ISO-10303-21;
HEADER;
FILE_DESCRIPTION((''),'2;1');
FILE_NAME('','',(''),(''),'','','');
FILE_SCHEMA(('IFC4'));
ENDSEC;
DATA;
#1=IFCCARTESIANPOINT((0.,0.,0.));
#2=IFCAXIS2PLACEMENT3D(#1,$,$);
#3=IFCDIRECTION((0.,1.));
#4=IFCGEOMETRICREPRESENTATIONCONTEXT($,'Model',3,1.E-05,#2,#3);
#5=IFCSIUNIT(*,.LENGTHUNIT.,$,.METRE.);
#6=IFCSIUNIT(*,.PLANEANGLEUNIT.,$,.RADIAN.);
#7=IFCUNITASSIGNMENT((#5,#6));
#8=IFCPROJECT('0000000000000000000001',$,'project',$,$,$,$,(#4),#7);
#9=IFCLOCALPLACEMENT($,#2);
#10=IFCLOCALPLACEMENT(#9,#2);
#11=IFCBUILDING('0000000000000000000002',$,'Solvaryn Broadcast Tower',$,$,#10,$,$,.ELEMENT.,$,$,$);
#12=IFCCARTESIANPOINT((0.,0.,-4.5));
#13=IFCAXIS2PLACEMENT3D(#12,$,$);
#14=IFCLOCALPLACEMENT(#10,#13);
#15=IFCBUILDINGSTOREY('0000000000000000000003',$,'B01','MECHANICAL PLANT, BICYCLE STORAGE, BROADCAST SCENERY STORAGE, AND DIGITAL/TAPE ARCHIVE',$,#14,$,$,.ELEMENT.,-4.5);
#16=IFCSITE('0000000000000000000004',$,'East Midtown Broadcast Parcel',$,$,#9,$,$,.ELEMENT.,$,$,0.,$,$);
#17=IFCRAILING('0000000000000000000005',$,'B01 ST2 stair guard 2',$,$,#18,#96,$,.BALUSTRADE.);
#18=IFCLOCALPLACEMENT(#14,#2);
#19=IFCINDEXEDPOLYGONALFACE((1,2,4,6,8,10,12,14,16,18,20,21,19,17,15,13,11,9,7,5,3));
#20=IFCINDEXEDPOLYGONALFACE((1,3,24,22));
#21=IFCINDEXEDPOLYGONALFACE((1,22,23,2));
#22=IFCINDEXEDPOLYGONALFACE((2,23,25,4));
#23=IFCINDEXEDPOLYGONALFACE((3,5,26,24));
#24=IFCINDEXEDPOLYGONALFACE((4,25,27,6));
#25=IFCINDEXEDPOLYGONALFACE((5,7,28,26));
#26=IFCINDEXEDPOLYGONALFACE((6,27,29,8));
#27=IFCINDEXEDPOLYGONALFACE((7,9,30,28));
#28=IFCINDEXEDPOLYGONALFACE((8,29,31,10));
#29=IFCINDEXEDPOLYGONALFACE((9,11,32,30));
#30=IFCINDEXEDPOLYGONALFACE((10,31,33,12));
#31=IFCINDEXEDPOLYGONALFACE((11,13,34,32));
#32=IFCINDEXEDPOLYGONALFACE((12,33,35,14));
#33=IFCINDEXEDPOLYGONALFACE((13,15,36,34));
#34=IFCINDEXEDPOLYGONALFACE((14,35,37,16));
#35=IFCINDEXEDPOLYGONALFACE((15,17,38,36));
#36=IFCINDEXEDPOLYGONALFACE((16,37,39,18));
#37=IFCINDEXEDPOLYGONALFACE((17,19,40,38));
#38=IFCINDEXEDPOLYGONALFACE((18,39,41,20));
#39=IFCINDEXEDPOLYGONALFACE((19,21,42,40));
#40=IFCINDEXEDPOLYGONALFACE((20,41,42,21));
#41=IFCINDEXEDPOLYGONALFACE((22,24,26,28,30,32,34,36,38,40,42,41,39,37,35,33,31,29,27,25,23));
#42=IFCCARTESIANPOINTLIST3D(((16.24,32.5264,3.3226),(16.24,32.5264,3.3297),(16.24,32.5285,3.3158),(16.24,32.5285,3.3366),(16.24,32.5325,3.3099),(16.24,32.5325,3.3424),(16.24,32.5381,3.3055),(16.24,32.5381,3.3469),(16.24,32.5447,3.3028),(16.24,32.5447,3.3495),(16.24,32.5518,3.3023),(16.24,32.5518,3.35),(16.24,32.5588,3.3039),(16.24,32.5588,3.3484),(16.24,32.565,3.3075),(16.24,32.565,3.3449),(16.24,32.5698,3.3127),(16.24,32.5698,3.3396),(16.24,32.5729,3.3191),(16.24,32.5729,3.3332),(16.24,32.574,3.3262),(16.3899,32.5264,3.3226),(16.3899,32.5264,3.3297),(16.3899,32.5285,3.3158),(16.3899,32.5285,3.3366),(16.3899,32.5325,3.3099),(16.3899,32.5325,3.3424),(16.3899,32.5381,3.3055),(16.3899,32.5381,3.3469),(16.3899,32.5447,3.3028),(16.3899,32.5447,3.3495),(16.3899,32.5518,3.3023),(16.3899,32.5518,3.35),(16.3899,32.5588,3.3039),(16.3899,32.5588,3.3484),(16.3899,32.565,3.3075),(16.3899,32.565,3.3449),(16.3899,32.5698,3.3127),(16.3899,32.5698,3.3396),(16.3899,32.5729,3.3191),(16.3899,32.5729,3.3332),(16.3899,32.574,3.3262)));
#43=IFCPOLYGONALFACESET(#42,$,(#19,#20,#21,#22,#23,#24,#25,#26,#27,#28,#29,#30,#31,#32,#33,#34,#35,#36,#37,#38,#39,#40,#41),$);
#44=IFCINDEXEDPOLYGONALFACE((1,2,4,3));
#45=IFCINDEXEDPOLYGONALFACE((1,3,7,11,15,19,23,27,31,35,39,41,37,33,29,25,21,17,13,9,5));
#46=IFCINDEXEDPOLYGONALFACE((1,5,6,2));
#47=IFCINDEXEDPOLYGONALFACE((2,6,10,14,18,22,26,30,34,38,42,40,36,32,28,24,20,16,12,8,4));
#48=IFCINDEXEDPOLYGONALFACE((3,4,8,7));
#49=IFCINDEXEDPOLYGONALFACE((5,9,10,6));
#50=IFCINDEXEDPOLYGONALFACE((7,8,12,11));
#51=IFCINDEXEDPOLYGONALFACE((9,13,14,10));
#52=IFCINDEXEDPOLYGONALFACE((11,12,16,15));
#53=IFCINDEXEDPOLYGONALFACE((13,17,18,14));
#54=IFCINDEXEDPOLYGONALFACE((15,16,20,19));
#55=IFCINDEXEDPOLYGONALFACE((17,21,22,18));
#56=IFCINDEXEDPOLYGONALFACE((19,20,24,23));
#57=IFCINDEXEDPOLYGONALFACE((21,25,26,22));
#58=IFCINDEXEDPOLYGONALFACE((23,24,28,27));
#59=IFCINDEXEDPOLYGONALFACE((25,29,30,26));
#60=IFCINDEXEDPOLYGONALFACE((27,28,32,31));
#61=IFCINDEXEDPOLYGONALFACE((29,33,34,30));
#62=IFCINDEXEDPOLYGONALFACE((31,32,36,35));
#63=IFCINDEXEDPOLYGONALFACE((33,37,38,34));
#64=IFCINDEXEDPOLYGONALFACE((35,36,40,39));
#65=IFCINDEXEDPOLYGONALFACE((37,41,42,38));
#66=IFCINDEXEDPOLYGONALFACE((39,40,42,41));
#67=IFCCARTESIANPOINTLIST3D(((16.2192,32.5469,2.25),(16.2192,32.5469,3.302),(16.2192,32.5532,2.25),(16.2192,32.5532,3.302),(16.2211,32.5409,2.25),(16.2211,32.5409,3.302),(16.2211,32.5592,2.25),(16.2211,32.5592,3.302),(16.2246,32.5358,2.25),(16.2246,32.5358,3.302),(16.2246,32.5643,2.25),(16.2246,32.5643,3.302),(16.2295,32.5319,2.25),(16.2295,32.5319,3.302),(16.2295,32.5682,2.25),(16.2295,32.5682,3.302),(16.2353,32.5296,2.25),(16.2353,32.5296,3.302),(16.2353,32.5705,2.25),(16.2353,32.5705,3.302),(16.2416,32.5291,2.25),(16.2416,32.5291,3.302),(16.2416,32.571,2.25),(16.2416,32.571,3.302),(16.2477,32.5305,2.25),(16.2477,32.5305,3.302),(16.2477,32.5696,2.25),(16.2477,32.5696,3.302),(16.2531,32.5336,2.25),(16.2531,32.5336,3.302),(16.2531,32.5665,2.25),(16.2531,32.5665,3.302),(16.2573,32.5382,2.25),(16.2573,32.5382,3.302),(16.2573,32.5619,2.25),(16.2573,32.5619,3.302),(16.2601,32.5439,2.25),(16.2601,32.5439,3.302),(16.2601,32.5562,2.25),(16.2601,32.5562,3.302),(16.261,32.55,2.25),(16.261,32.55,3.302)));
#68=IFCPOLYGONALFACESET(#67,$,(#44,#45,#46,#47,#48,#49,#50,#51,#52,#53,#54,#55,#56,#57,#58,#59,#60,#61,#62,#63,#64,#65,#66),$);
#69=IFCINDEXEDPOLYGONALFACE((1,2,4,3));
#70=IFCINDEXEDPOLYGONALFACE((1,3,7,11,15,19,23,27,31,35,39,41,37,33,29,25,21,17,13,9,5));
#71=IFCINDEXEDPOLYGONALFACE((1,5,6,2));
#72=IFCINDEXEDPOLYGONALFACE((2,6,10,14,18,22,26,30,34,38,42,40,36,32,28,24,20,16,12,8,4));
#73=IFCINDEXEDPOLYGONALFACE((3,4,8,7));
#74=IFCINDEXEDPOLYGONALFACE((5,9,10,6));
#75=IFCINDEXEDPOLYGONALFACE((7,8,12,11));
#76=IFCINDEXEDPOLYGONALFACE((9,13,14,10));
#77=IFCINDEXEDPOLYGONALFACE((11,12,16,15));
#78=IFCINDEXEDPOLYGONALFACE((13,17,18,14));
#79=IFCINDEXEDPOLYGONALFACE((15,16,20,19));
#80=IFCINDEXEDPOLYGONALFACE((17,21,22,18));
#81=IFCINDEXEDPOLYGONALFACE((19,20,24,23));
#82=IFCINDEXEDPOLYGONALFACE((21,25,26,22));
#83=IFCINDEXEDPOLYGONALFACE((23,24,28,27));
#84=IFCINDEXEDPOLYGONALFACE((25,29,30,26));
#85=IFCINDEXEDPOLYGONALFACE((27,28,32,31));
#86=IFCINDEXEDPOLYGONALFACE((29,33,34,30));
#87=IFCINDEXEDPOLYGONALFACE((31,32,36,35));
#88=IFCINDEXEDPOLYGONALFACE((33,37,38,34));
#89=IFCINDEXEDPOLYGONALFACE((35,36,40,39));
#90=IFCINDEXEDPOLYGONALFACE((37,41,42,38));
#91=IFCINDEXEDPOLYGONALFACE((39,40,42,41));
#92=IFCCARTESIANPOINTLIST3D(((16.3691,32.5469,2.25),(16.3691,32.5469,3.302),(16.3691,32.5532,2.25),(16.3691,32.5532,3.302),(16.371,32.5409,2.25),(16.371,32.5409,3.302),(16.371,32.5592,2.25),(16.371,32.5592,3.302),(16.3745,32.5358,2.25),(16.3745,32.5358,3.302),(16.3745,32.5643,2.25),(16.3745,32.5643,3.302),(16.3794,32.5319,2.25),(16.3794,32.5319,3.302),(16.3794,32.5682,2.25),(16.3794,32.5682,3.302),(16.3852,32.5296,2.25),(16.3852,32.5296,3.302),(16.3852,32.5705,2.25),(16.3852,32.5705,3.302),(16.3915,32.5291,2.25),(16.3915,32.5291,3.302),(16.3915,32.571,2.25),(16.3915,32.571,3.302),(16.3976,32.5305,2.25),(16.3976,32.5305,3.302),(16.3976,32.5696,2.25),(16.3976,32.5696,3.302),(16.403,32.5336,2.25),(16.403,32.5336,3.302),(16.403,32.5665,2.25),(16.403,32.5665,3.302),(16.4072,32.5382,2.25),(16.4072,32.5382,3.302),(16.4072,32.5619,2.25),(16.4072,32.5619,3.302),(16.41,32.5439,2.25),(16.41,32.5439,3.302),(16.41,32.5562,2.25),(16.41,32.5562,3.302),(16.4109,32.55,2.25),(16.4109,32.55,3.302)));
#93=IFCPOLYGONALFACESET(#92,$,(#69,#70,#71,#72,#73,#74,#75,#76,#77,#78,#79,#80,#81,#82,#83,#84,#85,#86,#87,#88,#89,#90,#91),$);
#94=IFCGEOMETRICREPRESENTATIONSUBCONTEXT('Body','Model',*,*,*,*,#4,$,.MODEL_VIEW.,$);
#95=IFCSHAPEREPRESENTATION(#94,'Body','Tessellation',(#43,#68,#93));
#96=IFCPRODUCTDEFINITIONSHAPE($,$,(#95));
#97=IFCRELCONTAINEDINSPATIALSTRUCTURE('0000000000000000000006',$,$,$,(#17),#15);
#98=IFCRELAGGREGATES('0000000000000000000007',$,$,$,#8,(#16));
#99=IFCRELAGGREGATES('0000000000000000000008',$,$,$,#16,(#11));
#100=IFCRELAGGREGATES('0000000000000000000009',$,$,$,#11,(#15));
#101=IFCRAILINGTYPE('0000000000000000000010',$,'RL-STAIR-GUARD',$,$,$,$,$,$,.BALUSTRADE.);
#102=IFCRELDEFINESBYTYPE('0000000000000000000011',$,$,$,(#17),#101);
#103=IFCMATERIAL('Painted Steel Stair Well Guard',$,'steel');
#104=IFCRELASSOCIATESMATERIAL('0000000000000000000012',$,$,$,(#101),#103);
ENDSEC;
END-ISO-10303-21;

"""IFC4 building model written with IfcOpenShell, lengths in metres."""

from ifc_helpers import new_model, si_unit, direction, frame, origin, origin_2d, place, context, subcontext, project, spatial, circle, extrude, material, type_object, element, save


model = new_model("IFC4")

# Units and contexts
model_context = context("Model", 3, precision=1e-05, world=origin(), true_north=direction((0.0, 1.0)))
body_context = subcontext(model_context, "Body", "Model", "MODEL_VIEW")
ifc_project = project(units=[si_unit("LENGTHUNIT", "METRE"), si_unit("PLANEANGLEUNIT", "RADIAN")], contexts=[model_context])

# Site, building, storey
site_placement = place(None, origin())
site = spatial("IfcSite", under=ifc_project, at=site_placement, Name="East Midtown Broadcast Parcel", CompositionType="ELEMENT", RefElevation=0.0)
building_placement = place(site_placement, origin())
building = spatial("IfcBuilding", under=site, at=building_placement, Name="Solvaryn Broadcast Tower", CompositionType="ELEMENT")
storey_placement = place(building_placement, frame((0.0, 0.0, -4.5)))
storey = spatial("IfcBuildingStorey", under=building, at=storey_placement, Name="B01", Description="MECHANICAL PLANT, BICYCLE STORAGE, BROADCAST SCENERY STORAGE, AND DIGITAL/TAPE ARCHIVE", CompositionType="ELEMENT", Elevation=-4.5)

# Railing
ifc_material_1 = material(Name="Painted Steel Stair Well Guard", Category="steel")
railing_type_1 = type_object("IfcRailingType", Name="RL-STAIR-GUARD", PredefinedType="BALUSTRADE", material=ifc_material_1)
railing_1_placement = place(storey_placement, frame((16.24, 32.55, 2.25)))
element("IfcRailing", 1, at=railing_1_placement, inside=storey, type_object=railing_type_1, Name="B01 ST2 stair guard 2", PredefinedType="BALUSTRADE", context=body_context, shape_type="SweptSolid", body=[
    extrude(circle(Radius=0.0239, at=origin_2d()), frame((0.0, 0.0, 1.0762), z_axis=(1.0, 0.0, 0.0), x_axis=(0.0, 1.0, 0.0)), (0.0, 0.0, 1.0), 0.1499),
    extrude(circle(Radius=0.021, at=origin_2d()), origin(), (0.0, 0.0, 1.0), 1.052),
    extrude(circle(Radius=0.021, at=origin_2d()), frame((0.1499, 0.0, 0.0)), (0.0, 0.0, 1.0), 1.052),
])

save(model, "model.ifc")
